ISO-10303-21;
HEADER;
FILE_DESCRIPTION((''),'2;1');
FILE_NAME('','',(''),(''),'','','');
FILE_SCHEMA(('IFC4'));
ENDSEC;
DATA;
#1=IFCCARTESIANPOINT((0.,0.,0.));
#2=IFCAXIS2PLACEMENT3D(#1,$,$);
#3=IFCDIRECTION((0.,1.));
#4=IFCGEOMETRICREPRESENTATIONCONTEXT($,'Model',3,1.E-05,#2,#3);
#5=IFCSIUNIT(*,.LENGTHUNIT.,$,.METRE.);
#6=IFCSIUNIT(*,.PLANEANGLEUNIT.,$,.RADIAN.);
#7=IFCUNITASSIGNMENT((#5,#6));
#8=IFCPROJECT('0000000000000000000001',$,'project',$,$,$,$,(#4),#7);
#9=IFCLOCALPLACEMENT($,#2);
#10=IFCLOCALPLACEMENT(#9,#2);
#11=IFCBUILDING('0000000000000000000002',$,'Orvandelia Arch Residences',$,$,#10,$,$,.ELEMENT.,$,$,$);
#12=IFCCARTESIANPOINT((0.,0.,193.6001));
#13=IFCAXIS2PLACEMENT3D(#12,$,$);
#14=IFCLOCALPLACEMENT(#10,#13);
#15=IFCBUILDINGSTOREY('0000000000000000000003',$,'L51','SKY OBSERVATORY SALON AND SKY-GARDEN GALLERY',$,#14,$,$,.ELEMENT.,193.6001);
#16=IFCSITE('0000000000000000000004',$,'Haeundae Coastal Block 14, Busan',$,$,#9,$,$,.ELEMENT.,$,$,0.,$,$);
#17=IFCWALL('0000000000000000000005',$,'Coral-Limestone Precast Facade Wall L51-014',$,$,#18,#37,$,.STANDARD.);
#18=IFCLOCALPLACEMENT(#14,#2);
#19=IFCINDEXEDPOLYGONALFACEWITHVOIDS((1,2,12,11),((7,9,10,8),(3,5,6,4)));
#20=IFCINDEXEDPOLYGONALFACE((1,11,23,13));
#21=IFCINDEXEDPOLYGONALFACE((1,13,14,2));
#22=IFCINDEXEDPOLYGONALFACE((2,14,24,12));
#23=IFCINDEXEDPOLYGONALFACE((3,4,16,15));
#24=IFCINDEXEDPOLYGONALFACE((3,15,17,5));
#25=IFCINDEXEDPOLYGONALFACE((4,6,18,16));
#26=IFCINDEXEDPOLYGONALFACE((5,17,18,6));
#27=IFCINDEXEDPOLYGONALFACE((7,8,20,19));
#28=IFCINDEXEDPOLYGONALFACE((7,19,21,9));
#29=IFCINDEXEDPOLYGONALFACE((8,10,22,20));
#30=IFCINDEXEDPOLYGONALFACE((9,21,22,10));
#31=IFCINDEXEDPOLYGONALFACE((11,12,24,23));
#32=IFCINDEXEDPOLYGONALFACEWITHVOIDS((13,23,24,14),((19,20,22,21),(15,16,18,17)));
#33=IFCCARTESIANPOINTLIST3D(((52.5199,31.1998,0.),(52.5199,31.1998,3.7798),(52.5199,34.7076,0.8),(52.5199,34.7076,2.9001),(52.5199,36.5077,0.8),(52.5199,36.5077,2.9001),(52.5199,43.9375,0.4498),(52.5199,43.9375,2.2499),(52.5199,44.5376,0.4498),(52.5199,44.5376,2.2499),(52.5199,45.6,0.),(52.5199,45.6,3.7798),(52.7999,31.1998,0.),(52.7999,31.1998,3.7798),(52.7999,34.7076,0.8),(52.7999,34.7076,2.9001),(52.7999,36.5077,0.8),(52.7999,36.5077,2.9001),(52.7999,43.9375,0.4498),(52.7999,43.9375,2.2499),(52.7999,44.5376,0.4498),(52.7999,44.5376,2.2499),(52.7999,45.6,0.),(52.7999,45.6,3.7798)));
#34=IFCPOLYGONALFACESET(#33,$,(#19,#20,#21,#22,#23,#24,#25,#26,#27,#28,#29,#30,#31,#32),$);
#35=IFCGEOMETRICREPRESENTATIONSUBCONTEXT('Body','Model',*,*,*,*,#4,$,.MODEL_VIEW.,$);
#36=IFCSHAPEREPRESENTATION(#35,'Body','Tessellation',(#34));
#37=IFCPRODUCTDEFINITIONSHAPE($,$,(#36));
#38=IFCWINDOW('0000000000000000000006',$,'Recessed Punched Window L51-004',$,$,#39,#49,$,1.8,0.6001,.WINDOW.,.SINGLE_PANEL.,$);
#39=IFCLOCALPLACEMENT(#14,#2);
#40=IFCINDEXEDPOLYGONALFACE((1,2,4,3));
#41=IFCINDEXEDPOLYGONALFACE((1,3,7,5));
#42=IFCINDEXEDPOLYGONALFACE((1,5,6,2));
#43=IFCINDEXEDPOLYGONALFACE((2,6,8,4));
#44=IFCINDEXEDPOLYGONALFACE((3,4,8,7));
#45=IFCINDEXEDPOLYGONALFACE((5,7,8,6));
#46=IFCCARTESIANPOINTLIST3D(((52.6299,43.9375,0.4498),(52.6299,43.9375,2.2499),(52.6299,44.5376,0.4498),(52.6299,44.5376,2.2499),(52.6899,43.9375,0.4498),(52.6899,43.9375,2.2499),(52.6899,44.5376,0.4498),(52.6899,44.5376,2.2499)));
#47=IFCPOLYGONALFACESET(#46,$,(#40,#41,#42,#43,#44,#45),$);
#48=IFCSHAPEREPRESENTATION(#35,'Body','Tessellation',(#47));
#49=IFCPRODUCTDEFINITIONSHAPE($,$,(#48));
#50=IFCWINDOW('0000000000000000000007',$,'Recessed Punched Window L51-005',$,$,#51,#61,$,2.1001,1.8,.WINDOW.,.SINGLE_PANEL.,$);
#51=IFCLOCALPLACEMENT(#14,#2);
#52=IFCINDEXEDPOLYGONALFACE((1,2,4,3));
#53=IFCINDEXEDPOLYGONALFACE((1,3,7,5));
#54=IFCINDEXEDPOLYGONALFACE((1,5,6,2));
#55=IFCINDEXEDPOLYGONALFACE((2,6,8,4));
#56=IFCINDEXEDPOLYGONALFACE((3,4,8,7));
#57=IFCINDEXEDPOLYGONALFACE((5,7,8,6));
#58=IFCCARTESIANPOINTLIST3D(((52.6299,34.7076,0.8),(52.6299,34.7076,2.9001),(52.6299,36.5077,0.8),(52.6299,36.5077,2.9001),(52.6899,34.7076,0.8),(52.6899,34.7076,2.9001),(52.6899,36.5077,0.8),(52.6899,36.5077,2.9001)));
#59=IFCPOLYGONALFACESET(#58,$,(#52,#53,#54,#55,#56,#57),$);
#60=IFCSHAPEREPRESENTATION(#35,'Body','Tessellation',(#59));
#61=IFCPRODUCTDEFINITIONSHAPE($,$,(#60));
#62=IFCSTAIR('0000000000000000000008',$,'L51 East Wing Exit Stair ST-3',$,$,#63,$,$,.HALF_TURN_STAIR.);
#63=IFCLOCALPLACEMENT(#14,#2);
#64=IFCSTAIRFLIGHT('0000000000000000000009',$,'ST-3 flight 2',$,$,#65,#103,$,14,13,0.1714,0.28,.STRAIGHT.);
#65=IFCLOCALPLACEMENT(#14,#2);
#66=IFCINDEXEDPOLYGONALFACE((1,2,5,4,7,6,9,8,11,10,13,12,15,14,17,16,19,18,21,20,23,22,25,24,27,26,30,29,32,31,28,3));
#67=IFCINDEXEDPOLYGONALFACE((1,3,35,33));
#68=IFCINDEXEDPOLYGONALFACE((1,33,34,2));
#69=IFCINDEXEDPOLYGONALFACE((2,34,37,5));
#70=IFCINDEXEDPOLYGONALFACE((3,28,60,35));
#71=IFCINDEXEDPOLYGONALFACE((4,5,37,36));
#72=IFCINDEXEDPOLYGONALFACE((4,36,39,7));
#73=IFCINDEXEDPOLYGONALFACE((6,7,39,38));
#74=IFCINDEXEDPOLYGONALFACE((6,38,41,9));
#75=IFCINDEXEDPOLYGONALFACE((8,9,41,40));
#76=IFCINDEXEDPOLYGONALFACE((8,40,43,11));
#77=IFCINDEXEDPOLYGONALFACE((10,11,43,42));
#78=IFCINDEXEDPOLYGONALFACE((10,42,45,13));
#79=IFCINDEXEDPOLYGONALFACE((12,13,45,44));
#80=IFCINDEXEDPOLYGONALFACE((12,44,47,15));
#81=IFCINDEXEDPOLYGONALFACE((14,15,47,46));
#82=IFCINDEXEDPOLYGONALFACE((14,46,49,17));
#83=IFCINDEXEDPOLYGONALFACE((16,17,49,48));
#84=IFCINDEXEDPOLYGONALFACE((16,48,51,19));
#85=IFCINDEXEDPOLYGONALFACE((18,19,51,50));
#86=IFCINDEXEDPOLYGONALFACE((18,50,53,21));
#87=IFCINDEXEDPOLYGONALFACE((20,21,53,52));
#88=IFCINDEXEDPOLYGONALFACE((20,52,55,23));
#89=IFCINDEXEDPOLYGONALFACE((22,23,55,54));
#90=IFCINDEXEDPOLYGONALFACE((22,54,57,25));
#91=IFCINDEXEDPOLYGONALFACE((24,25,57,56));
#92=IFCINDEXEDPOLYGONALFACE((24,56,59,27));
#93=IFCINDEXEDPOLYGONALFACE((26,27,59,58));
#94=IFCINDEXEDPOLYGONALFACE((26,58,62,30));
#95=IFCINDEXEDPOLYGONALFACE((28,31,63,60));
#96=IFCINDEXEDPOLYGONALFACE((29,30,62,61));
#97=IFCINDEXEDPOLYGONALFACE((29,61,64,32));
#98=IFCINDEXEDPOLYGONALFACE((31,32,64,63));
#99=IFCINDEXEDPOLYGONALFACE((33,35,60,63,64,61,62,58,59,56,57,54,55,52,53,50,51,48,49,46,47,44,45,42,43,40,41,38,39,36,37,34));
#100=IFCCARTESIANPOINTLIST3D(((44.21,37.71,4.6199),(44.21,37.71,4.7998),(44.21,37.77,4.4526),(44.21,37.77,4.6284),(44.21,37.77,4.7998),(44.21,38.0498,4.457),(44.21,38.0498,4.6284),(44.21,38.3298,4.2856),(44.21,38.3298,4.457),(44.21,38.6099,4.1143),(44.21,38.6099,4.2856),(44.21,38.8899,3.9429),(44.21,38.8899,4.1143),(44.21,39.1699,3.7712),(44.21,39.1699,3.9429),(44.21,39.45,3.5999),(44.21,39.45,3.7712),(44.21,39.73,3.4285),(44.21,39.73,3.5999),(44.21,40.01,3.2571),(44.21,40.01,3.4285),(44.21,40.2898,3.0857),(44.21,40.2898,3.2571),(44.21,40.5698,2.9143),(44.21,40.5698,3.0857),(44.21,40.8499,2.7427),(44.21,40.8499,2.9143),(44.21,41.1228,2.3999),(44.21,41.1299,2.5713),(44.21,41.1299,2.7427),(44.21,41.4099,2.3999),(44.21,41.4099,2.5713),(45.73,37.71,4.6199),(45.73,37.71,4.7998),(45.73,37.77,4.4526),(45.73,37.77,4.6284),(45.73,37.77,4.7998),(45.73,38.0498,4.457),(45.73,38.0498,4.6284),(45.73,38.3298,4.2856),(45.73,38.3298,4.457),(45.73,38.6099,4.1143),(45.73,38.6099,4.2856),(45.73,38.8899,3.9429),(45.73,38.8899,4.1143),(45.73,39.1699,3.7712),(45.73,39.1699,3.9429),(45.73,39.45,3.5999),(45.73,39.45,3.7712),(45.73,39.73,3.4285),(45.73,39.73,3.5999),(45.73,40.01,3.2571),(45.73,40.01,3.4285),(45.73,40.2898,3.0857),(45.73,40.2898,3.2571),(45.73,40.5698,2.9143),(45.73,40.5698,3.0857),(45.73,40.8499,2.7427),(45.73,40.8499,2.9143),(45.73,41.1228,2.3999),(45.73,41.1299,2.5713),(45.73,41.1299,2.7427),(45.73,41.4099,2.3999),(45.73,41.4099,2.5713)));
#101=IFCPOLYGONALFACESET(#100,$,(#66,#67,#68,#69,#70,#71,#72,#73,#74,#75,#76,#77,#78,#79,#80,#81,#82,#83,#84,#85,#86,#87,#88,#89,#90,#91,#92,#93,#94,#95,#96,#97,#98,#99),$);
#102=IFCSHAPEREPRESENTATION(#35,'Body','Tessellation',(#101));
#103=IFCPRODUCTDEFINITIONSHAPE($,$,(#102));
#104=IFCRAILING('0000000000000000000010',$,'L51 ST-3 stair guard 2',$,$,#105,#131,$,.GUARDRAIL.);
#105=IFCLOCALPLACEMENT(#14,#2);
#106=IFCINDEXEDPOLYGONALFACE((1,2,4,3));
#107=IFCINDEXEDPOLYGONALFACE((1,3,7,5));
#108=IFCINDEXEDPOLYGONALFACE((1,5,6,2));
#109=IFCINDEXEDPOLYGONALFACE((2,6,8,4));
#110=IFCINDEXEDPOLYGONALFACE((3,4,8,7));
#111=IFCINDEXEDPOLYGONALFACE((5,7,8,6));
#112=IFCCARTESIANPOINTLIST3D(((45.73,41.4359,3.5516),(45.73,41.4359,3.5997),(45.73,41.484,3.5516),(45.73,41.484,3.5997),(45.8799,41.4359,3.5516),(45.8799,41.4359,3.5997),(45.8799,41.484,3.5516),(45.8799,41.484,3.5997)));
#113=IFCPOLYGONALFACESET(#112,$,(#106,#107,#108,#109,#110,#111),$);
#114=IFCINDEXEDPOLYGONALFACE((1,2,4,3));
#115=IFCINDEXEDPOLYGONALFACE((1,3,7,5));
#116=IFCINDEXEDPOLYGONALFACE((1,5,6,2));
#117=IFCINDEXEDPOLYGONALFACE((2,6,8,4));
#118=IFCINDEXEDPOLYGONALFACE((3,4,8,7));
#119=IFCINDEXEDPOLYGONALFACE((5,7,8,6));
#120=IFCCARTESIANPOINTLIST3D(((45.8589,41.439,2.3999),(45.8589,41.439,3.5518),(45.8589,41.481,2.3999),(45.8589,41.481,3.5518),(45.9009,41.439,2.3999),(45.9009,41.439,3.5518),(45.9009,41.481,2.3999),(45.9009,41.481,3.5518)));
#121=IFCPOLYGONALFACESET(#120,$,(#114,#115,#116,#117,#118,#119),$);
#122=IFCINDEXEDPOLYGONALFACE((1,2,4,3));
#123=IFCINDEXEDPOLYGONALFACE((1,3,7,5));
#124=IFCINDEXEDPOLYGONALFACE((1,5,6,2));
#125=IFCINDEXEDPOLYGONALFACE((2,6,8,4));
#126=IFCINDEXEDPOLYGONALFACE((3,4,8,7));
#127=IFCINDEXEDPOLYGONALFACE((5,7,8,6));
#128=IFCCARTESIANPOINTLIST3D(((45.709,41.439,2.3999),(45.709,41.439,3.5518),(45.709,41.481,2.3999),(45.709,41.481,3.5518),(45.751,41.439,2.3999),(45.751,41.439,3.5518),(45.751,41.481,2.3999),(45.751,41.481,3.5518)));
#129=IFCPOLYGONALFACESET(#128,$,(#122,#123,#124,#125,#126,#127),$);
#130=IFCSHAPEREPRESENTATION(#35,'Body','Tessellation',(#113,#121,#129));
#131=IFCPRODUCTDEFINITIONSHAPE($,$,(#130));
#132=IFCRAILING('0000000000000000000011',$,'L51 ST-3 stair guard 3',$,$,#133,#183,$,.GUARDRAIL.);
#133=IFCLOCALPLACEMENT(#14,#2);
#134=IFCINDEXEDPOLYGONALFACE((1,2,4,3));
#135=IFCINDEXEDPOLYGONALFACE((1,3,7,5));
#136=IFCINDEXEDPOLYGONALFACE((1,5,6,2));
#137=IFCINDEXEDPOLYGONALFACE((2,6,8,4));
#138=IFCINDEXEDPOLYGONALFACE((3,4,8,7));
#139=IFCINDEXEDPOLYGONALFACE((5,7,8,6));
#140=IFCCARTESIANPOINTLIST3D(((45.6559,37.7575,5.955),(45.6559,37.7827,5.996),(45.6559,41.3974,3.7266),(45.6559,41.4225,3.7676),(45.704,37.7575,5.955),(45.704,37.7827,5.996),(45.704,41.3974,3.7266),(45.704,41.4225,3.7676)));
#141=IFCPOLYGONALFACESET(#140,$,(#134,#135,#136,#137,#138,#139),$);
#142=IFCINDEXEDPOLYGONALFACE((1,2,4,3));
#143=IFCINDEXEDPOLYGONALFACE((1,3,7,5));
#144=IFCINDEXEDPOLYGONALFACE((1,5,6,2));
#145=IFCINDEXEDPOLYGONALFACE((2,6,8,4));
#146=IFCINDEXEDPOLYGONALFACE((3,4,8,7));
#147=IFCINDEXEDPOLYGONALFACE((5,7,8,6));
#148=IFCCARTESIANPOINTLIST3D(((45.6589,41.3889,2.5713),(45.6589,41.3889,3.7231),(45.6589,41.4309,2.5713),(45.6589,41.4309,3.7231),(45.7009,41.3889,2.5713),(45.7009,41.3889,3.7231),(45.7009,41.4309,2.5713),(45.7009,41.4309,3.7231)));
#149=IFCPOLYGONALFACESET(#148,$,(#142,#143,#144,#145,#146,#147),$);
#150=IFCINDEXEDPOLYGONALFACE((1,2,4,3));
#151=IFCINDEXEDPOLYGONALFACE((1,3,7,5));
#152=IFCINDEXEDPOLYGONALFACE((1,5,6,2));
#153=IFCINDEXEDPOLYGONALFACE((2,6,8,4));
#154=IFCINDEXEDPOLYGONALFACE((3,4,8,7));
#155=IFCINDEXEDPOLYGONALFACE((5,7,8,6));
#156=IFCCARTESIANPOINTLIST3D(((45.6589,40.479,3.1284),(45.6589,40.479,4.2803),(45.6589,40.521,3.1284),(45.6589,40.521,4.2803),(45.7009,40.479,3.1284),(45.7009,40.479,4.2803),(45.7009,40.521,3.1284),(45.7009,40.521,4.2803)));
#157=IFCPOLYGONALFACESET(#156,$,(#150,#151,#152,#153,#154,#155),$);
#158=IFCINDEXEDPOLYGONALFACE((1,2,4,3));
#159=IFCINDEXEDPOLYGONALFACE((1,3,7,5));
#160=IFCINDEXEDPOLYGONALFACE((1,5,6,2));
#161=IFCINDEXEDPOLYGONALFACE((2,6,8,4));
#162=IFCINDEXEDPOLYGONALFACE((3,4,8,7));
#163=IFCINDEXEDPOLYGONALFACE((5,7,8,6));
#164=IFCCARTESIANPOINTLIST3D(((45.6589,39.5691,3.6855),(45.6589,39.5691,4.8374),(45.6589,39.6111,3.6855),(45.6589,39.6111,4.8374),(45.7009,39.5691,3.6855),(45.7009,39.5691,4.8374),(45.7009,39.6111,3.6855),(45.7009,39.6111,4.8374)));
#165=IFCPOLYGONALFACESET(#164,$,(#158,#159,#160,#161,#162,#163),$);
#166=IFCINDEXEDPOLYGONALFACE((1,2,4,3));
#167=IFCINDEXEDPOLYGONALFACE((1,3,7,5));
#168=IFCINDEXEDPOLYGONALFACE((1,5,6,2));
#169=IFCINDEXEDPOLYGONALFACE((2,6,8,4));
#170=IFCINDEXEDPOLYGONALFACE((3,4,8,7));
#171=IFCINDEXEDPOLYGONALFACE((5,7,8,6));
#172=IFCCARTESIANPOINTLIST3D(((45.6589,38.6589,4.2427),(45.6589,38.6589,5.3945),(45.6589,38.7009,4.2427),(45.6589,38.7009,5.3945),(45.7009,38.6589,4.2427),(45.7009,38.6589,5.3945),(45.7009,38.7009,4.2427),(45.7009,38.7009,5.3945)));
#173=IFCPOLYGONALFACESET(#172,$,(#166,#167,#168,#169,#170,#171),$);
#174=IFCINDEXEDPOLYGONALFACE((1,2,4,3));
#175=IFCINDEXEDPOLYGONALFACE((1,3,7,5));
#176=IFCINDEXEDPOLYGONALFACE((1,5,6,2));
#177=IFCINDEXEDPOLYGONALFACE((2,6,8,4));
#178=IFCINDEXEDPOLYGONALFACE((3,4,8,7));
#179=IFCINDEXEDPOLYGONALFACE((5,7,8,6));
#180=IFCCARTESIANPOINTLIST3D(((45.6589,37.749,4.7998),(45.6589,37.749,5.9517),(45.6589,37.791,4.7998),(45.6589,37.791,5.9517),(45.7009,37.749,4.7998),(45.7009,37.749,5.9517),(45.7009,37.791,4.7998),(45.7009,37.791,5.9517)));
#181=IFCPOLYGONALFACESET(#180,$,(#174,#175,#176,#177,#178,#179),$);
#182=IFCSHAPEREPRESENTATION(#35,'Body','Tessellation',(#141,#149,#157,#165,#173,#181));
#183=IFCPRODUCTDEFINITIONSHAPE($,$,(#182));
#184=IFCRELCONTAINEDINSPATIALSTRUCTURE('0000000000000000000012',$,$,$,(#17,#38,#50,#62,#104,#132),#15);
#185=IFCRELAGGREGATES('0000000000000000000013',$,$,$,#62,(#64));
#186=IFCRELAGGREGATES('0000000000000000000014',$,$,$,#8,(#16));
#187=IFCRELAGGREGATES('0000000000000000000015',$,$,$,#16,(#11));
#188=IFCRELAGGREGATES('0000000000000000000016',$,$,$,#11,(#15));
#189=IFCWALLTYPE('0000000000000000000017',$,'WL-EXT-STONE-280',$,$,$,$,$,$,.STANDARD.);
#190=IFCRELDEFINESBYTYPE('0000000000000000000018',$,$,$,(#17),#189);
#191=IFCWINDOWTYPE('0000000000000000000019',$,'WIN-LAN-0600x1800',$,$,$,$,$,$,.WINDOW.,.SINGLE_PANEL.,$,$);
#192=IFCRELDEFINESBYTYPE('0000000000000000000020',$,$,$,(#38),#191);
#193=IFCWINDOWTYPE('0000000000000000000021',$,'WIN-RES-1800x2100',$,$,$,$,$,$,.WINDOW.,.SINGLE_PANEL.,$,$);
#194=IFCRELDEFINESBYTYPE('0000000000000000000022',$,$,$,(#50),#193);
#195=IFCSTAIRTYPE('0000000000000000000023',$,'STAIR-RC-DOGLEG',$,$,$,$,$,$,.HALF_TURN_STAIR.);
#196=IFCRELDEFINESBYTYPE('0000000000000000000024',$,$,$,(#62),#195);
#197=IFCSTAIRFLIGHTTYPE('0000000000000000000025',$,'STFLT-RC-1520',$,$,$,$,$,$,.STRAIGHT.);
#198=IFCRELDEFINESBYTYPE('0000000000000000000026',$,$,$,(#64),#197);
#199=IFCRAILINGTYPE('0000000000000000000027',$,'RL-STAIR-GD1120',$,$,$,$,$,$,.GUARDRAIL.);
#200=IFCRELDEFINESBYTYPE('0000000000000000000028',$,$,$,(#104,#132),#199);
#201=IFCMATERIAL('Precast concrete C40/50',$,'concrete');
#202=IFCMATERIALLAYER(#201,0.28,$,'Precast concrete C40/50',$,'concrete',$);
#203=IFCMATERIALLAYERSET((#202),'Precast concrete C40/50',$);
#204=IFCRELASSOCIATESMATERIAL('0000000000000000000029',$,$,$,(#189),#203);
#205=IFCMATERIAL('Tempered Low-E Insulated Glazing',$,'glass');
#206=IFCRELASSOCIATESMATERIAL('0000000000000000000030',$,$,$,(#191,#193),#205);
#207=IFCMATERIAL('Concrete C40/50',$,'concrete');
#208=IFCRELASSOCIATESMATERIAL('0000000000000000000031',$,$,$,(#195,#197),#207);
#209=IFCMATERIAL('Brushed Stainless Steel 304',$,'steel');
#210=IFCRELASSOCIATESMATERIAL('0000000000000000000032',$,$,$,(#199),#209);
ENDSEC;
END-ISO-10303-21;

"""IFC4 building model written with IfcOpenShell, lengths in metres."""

from ifc_helpers import new_model, si_unit, direction, frame, frame_2d, origin, origin_2d, place, context, subcontext, project, spatial, polyline, rectangle, outline, extrude, material, layer, layer_set, type_object, element, fill, aggregate, save


model = new_model("IFC4")

# Units and contexts
model_context = context("Model", 3, precision=1e-05, world=origin(), true_north=direction((0.0, 1.0)))
body_context = subcontext(model_context, "Body", "Model", "MODEL_VIEW")
ifc_project = project(units=[si_unit("LENGTHUNIT", "METRE"), si_unit("PLANEANGLEUNIT", "RADIAN")], contexts=[model_context])

# Site, building, storey
site_placement = place(None, origin())
site = spatial("IfcSite", under=ifc_project, at=site_placement, Name="Haeundae Coastal Block 14, Busan", CompositionType="ELEMENT", RefElevation=0.0)
building_placement = place(site_placement, origin())
building = spatial("IfcBuilding", under=site, at=building_placement, Name="Orvandelia Arch Residences", CompositionType="ELEMENT")
storey_placement = place(building_placement, frame((0.0, 0.0, 193.6001)))
storey = spatial("IfcBuildingStorey", under=building, at=storey_placement, Name="L51", Description="SKY OBSERVATORY SALON AND SKY-GARDEN GALLERY", CompositionType="ELEMENT", Elevation=193.6001)

# Shared definitions
ifc_material_1 = material(Name="Precast concrete C40/50", Category="concrete")
ifc_layer_1 = layer(ifc_material_1, 0.28, Name="Precast concrete C40/50", Category="concrete")
ifc_layer_set_1 = layer_set([ifc_layer_1], Name="Precast concrete C40/50")
wall_type_1 = type_object("IfcWallType", Name="WL-EXT-STONE-280", PredefinedType="STANDARD", material=ifc_layer_set_1)

# Wall, openings, windows
wall_1_placement = place(storey_placement, frame((52.6599, 45.6001, 0.0), z_axis=(0.0, 0.0, 1.0), x_axis=(0.0, -1.0, 0.0)))
wall_1 = element("IfcWall", 1, at=wall_1_placement, inside=storey, type_object=wall_type_1, Name="Coral-Limestone Precast Facade Wall L51-014", PredefinedType="STANDARD", context=body_context, shape_type="SweptSolid", body=[
    extrude(rectangle(XDim=14.4001, YDim=0.28, at=frame_2d((7.2002, 0.0))), origin(), (0.0, 0.0, 1.0), 3.7798),
])
opening_1_placement = place(wall_1_placement, frame((1.0625, 0.0, 0.45)))
opening_1 = element("IfcOpeningElement", 2, at=opening_1_placement, cuts=wall_1, PredefinedType="OPENING", context=body_context, shape_type="SweptSolid", body=[
    extrude(rectangle(XDim=0.6001, YDim=1.8, at=frame_2d((0.3, 0.8999))), frame((0.0, 0.1499, 0.0), z_axis=(0.0, -1.0, 0.0), x_axis=(1.0, 0.0, 0.0)), (0.0, 0.0, 1.0), 0.3),
])
opening_2_placement = place(wall_1_placement, frame((9.0925, 0.0, 0.8)))
opening_2 = element("IfcOpeningElement", 3, at=opening_2_placement, cuts=wall_1, PredefinedType="OPENING", context=body_context, shape_type="SweptSolid", body=[
    extrude(rectangle(XDim=1.8, YDim=2.1001, at=frame_2d((0.8999, 1.05))), frame((0.0, 0.1499, 0.0), z_axis=(0.0, -1.0, 0.0), x_axis=(1.0, 0.0, 0.0)), (0.0, 0.0, 1.0), 0.3),
])
ifc_material_2 = material(Name="Tempered Low-E Insulated Glazing", Category="glass")
window_type_1 = type_object("IfcWindowType", Name="WIN-LAN-0600x1800", PartitioningType="SINGLE_PANEL", PredefinedType="WINDOW", material=ifc_material_2)
window_1_placement = place(opening_1_placement, origin())
window_1 = element("IfcWindow", 4, at=window_1_placement, inside=storey, type_object=window_type_1, Name="Recessed Punched Window L51-004", OverallHeight=1.8, OverallWidth=0.6001, PartitioningType="SINGLE_PANEL", PredefinedType="WINDOW", context=body_context, shape_type="SweptSolid", body=[
    extrude(rectangle(XDim=0.6001, YDim=1.8, at=frame_2d((0.3, 0.8999))), frame((0.0, 0.03, 0.0), z_axis=(0.0, -1.0, 0.0), x_axis=(1.0, 0.0, 0.0)), (0.0, 0.0, 1.0), 0.0601),
])
fill(opening_1, window_1)
window_type_2 = type_object("IfcWindowType", Name="WIN-RES-1800x2100", PartitioningType="SINGLE_PANEL", PredefinedType="WINDOW", material=ifc_material_2)
window_2_placement = place(opening_2_placement, origin())
window_2 = element("IfcWindow", 5, at=window_2_placement, inside=storey, type_object=window_type_2, Name="Recessed Punched Window L51-005", OverallHeight=2.1001, OverallWidth=1.8, PartitioningType="SINGLE_PANEL", PredefinedType="WINDOW", context=body_context, shape_type="SweptSolid", body=[
    extrude(rectangle(XDim=1.8, YDim=2.1001, at=frame_2d((0.8999, 1.05))), frame((0.0, 0.03, 0.0), z_axis=(0.0, -1.0, 0.0), x_axis=(1.0, 0.0, 0.0)), (0.0, 0.0, 1.0), 0.0601),
])
fill(opening_2, window_2)

# Stair, stair flight
ifc_material_3 = material(Name="Concrete C40/50", Category="concrete")
stair_type = type_object("IfcStairType", Name="STAIR-RC-DOGLEG", PredefinedType="HALF_TURN_STAIR", material=ifc_material_3)
stair_placement = place(storey_placement, origin())
stair = element("IfcStair", 6, at=stair_placement, inside=storey, type_object=stair_type, Name="L51 East Wing Exit Stair ST-3", PredefinedType="HALF_TURN_STAIR")
stair_flight_type = type_object("IfcStairFlightType", Name="STFLT-RC-1520", PredefinedType="STRAIGHT", material=ifc_material_3)
stair_flight_placement = place(storey_placement, frame((44.97, 41.4099, 2.3999), z_axis=(0.0, 0.0, 1.0), x_axis=(0.0, -1.0, 0.0)))
stair_flight = element("IfcStairFlight", 7, at=stair_flight_placement, type_object=stair_flight_type, Name="ST-3 flight 2", NumberOfRisers=14, NumberOfTreads=13, PredefinedType="STRAIGHT", RiserHeight=0.1714, TreadLength=0.28, context=body_context, shape_type="SweptSolid", body=[
    extrude(outline(polyline([(0.0, 0.0), (0.0, 0.1714), (0.28, 0.1714), (0.28, 0.3428), (0.5601, 0.3428), (0.5601, 0.5144), (0.8401, 0.5144), (0.8401, 0.6858), (1.1201, 0.6858), (1.1201, 0.8572), (1.3999, 0.8572), (1.3999, 1.0286), (1.6799, 1.0286), (1.6799, 1.2), (1.96, 1.2), (1.96, 1.3713), (2.24, 1.3713), (2.24, 1.543), (2.52, 1.543), (2.52, 1.7144), (2.8, 1.7144), (2.8, 1.8857), (3.0801, 1.8857), (3.0801, 2.0571), (3.3601, 2.0571), (3.3601, 2.2285), (3.6399, 2.2285), (3.6399, 2.3999), (3.7, 2.3999), (3.7, 2.22), (3.6399, 2.0527), (0.2871, 0.0), (0.0, 0.0)])), frame((0.0, 0.76, 0.0), z_axis=(0.0, -1.0, 0.0), x_axis=(1.0, 0.0, 0.0)), (0.0, 0.0, 1.0), 1.52),
])
aggregate(stair, [stair_flight])

# Railings
ifc_material_4 = material(Name="Brushed Stainless Steel 304", Category="steel")
railing_type_1 = type_object("IfcRailingType", Name="RL-STAIR-GD1120", PredefinedType="GUARDRAIL", material=ifc_material_4)
railing_1_placement = place(storey_placement, frame((45.8799, 41.46, 2.3999)))
element("IfcRailing", 8, at=railing_1_placement, inside=storey, type_object=railing_type_1, Name="L51 ST-3 stair guard 2", PredefinedType="GUARDRAIL", context=body_context, shape_type="SweptSolid", body=[
    extrude(rectangle(XDim=0.0481, YDim=0.0481, at=origin_2d()), frame((0.0, 0.0, 1.1758), z_axis=(-1.0, 0.0, 0.0), x_axis=(0.0, -1.0, 0.0)), (0.0, 0.0, 1.0), 0.1499),
    extrude(rectangle(XDim=0.042, YDim=0.042, at=origin_2d()), origin(), (0.0, 0.0, 1.0), 1.1519),
    extrude(rectangle(XDim=0.042, YDim=0.042, at=origin_2d()), frame((-0.1499, 0.0, 0.0)), (0.0, 0.0, 1.0), 1.1519),
])
railing_2_placement = place(storey_placement, frame((45.6799, 41.4099, 2.5713)))
element("IfcRailing", 9, at=railing_2_placement, inside=storey, type_object=railing_type_1, Name="L51 ST-3 stair guard 3", PredefinedType="GUARDRAIL", context=body_context, shape_type="SweptSolid", body=[
    extrude(rectangle(XDim=0.0481, YDim=0.0481, at=origin_2d()), frame((0.0, 0.0, 1.1758), z_axis=(0.0, -0.85285, 0.522156), x_axis=(1.0, 0.0, 0.0)), (0.0, 0.0, 1.0), 4.2678),
    extrude(rectangle(XDim=0.042, YDim=0.042, at=origin_2d()), origin(), (0.0, 0.0, 1.0), 1.1519),
    extrude(rectangle(XDim=0.042, YDim=0.042, at=origin_2d()), frame((0.0, -0.9099, 0.5571)), (0.0, 0.0, 1.0), 1.1519),
    extrude(rectangle(XDim=0.042, YDim=0.042, at=origin_2d()), frame((0.0, -1.8198, 1.1143)), (0.0, 0.0, 1.0), 1.1519),
    extrude(rectangle(XDim=0.042, YDim=0.042, at=origin_2d()), frame((0.0, -2.73, 1.6714)), (0.0, 0.0, 1.0), 1.1519),
    extrude(rectangle(XDim=0.042, YDim=0.042, at=origin_2d()), frame((0.0, -3.6399, 2.2285)), (0.0, 0.0, 1.0), 1.1519),
])

save(model, "model.ifc")
